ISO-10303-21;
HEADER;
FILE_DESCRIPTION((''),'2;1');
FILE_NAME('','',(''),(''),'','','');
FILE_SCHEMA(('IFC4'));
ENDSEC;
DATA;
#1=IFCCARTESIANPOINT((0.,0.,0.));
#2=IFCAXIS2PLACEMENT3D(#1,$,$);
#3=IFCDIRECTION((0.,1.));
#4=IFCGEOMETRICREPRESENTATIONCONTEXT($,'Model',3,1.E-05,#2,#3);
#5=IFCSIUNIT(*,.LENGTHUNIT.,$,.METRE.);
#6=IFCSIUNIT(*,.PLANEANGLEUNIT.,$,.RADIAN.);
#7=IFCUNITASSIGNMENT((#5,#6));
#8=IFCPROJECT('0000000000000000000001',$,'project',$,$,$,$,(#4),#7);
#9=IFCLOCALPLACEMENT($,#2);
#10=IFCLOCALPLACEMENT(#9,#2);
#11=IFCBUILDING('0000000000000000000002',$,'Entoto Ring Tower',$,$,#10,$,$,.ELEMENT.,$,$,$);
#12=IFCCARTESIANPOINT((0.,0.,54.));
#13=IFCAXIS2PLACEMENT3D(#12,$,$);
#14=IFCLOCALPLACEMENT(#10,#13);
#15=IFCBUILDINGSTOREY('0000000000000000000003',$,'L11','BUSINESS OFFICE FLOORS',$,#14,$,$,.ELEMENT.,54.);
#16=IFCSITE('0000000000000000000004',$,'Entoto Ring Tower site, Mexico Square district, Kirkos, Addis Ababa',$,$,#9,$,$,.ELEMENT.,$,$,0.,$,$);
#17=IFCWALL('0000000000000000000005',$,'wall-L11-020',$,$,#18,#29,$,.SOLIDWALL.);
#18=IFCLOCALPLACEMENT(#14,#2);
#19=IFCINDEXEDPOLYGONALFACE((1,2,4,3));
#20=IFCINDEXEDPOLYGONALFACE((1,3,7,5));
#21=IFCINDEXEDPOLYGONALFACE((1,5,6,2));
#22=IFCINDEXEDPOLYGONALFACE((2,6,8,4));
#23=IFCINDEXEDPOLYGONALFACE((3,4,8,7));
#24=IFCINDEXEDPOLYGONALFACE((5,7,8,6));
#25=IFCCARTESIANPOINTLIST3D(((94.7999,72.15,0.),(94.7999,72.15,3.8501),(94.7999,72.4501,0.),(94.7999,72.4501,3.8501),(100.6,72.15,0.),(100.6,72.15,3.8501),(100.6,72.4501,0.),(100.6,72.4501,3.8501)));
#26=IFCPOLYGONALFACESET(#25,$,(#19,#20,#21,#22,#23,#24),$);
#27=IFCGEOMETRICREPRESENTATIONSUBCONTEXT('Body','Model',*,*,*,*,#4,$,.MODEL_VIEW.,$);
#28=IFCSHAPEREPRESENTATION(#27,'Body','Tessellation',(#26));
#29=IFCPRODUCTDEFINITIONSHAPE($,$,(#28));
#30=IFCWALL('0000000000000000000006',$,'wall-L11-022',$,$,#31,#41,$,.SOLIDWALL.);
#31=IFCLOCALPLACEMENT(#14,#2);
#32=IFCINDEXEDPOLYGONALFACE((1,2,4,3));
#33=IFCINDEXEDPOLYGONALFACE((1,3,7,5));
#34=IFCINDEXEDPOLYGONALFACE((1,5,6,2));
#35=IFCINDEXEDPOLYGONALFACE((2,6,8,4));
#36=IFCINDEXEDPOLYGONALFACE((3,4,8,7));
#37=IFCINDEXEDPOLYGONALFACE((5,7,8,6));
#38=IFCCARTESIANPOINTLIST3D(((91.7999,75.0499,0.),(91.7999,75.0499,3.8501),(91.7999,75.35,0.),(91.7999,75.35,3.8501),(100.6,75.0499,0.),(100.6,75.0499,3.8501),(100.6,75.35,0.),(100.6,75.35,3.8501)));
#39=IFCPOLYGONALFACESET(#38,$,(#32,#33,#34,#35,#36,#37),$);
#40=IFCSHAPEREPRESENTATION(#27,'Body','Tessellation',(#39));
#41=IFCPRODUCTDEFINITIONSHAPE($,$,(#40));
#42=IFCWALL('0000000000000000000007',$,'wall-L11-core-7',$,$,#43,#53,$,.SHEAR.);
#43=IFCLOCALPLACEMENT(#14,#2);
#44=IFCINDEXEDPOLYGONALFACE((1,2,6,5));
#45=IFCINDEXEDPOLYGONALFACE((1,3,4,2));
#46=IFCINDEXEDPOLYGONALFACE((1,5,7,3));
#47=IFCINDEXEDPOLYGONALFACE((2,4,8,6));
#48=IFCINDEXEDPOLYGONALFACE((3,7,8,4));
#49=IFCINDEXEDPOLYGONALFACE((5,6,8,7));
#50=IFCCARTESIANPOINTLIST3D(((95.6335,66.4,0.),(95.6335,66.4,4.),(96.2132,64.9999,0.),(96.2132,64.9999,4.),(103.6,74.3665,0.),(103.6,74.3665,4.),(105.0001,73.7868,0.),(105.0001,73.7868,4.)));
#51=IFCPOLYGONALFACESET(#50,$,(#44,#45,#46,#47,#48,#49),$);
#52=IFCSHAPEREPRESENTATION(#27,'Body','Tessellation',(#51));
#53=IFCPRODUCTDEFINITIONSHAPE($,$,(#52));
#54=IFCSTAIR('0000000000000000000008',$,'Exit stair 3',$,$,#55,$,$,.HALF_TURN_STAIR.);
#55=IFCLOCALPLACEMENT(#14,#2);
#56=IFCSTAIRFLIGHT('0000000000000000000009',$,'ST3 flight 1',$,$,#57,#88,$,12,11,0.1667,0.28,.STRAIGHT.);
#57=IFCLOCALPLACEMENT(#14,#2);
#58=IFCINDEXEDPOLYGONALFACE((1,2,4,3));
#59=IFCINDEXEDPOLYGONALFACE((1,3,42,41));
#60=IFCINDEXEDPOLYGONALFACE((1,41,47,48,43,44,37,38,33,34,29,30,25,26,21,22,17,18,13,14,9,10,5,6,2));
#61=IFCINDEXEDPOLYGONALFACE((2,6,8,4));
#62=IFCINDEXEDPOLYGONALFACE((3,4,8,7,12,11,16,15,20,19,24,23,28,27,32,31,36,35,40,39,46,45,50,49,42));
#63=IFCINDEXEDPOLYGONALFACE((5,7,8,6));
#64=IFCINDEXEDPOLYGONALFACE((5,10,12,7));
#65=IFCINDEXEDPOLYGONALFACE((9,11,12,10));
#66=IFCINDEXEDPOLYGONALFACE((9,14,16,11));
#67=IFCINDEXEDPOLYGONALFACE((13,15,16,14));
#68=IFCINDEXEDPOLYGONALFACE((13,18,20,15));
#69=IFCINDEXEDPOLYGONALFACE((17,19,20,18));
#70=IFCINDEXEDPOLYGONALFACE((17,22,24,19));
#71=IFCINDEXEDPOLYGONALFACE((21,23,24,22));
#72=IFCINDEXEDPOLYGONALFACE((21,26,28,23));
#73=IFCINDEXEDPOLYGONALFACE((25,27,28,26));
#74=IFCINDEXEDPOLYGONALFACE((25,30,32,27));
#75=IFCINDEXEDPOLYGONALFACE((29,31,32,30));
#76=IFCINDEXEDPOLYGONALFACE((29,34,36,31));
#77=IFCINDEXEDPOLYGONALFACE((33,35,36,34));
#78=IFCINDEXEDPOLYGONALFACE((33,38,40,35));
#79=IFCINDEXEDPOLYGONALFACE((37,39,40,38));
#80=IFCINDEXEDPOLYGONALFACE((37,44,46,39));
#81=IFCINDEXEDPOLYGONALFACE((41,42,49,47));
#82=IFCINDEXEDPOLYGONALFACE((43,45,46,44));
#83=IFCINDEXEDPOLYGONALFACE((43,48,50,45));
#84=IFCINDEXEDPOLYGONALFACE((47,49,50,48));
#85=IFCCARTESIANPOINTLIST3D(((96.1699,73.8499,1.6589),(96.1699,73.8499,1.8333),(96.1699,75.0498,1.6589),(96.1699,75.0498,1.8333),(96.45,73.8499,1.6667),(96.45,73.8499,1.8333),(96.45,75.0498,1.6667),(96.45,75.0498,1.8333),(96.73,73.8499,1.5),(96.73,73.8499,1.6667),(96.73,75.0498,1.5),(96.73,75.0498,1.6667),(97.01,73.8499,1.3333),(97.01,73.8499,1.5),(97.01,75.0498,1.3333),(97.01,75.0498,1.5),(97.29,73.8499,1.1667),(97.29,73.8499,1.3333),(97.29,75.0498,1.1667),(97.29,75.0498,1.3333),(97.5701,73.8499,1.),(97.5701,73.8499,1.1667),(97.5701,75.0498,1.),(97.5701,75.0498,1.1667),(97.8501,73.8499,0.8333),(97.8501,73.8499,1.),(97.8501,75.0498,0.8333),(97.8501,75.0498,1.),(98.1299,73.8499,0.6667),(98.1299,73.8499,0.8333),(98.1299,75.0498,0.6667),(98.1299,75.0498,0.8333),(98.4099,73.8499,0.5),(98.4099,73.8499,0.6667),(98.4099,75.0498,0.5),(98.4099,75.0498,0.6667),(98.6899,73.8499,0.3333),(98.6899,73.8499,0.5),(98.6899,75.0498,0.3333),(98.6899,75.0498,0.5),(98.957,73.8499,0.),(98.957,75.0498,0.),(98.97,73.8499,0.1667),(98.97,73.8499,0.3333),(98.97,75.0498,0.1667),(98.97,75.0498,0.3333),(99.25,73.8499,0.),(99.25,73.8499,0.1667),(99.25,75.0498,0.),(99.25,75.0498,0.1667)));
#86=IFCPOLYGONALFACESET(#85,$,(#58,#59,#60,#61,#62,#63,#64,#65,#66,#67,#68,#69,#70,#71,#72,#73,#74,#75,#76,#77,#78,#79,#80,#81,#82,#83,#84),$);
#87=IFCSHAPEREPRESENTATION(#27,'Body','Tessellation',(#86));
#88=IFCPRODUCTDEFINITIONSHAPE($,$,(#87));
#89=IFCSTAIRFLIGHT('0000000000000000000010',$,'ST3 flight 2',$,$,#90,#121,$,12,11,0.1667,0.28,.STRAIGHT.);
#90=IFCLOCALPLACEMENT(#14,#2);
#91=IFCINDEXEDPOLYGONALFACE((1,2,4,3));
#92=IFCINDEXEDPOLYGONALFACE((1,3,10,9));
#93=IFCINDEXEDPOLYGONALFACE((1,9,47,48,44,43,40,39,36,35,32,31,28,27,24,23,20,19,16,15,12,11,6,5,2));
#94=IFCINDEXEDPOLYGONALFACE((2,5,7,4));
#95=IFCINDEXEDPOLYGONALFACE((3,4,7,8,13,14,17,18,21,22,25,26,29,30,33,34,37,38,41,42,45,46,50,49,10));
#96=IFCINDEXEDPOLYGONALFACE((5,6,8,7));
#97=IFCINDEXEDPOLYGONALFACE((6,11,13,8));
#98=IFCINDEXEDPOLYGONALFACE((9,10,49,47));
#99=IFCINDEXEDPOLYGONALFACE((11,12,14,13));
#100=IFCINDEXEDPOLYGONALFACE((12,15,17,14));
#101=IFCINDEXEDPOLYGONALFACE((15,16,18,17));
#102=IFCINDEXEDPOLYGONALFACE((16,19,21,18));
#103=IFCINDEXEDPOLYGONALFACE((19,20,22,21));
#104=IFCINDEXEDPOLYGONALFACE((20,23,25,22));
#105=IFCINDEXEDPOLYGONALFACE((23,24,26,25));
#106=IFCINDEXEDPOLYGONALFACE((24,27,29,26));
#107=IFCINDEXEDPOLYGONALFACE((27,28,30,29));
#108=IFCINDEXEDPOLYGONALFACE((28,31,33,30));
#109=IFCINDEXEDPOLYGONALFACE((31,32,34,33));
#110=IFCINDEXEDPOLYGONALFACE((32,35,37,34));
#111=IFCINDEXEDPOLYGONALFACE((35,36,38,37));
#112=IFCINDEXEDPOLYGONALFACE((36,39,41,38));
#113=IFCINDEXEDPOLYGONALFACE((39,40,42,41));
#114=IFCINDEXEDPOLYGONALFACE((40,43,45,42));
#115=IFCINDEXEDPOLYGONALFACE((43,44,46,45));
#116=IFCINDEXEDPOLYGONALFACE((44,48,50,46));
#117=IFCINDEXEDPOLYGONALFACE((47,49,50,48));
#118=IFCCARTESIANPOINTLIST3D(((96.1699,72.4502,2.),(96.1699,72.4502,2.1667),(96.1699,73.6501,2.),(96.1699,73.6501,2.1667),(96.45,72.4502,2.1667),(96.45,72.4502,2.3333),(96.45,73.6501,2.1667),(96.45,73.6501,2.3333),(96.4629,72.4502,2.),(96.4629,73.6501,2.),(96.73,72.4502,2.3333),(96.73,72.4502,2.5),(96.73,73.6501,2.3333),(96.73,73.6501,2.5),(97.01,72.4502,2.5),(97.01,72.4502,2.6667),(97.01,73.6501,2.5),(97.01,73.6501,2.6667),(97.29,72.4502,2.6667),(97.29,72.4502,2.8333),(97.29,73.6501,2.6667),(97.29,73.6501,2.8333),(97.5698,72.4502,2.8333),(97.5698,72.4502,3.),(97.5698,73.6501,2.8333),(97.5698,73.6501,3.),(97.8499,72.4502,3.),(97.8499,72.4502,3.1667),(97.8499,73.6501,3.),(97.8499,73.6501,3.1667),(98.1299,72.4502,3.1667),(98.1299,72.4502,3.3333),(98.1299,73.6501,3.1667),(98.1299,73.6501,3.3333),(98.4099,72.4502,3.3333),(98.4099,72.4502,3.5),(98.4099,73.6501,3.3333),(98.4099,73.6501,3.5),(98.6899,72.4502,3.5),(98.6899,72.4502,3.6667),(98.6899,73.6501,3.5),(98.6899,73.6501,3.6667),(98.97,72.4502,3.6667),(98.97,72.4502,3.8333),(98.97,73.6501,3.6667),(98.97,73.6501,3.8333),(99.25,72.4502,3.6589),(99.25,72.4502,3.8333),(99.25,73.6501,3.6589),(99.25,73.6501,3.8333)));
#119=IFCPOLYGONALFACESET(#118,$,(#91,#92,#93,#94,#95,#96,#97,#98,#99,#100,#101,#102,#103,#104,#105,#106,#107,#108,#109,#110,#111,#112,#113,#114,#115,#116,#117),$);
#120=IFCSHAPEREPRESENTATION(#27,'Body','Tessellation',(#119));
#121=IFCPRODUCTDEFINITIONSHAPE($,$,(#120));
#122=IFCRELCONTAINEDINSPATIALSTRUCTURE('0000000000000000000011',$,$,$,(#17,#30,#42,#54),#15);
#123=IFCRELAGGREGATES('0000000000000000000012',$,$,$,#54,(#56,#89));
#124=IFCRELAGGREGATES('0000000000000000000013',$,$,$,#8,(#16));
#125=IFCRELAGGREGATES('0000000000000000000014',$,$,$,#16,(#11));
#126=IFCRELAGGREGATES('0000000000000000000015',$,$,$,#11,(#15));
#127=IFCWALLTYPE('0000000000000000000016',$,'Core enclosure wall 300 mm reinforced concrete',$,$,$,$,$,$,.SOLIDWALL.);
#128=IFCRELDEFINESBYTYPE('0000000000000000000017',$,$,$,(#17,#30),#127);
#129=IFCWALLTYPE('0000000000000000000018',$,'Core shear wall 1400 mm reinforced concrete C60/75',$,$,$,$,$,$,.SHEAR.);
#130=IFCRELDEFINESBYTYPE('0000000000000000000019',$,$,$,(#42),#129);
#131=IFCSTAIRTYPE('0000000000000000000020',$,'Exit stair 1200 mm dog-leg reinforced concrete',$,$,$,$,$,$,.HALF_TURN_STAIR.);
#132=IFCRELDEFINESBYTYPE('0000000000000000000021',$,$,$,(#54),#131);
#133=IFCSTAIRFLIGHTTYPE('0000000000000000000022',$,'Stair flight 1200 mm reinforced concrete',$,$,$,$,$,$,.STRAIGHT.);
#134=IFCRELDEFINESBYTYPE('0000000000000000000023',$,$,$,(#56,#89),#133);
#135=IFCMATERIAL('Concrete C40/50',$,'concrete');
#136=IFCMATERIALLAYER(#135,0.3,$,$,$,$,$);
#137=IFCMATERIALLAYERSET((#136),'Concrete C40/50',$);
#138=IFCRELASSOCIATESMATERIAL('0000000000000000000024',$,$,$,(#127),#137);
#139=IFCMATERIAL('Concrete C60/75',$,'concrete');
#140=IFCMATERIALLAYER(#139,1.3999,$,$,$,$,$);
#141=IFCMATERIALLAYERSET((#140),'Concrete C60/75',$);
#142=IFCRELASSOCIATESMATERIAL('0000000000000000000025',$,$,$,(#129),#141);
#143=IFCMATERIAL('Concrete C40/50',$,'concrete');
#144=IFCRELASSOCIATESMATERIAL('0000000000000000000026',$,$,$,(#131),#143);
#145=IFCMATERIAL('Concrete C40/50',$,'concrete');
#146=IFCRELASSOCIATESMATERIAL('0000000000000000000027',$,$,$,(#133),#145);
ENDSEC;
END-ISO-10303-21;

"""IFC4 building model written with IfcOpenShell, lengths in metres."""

from ifc_helpers import new_model, si_unit, direction, frame, frame_2d, origin, place, context, subcontext, project, spatial, polyline, rectangle, outline, extrude, material, layer, layer_set, type_object, element, aggregate, save


model = new_model("IFC4")

# Units and contexts
model_context = context("Model", 3, precision=1e-05, world=origin(), true_north=direction((0.0, 1.0)))
body_context = subcontext(model_context, "Body", "Model", "MODEL_VIEW")
ifc_project = project(units=[si_unit("LENGTHUNIT", "METRE"), si_unit("PLANEANGLEUNIT", "RADIAN")], contexts=[model_context])

# Site, building, storey
site_placement = place(None, origin())
site = spatial("IfcSite", under=ifc_project, at=site_placement, Name="Entoto Ring Tower site, Mexico Square district, Kirkos, Addis Ababa", CompositionType="ELEMENT", RefElevation=0.0)
building_placement = place(site_placement, origin())
building = spatial("IfcBuilding", under=site, at=building_placement, Name="Entoto Ring Tower", CompositionType="ELEMENT")
storey_placement = place(building_placement, frame((0.0, 0.0, 54.0)))
storey = spatial("IfcBuildingStorey", under=building, at=storey_placement, Name="L11", Description="BUSINESS OFFICE FLOORS", CompositionType="ELEMENT", Elevation=54.0)

# Shared definitions
ifc_material_1 = material(Name="Concrete C40/50", Category="concrete")
ifc_layer_1 = layer(ifc_material_1, 0.3)
ifc_layer_set_1 = layer_set([ifc_layer_1], Name="Concrete C40/50")
wall_type_1 = type_object("IfcWallType", Name="Core enclosure wall 300 mm reinforced concrete", PredefinedType="SOLIDWALL", material=ifc_layer_set_1)

# Walls
wall_1_placement = place(storey_placement, frame((94.8, 72.3, 0.0), z_axis=(0.0, 0.0, 1.0), x_axis=(1.0, 0.0, 0.0)))
element("IfcWall", 1, at=wall_1_placement, inside=storey, type_object=wall_type_1, Name="wall-L11-020", PredefinedType="SOLIDWALL", context=body_context, shape_type="SweptSolid", body=[
    extrude(rectangle(XDim=5.8, YDim=0.3, at=frame_2d((2.8999, 0.0))), origin(), (0.0, 0.0, 1.0), 3.8501),
])
wall_2_placement = place(storey_placement, frame((91.8, 75.2, 0.0), z_axis=(0.0, 0.0, 1.0), x_axis=(1.0, 0.0, 0.0)))
element("IfcWall", 2, at=wall_2_placement, inside=storey, type_object=wall_type_1, Name="wall-L11-022", PredefinedType="SOLIDWALL", context=body_context, shape_type="SweptSolid", body=[
    extrude(rectangle(XDim=8.8, YDim=0.3, at=frame_2d((4.3999, 0.0))), origin(), (0.0, 0.0, 1.0), 3.8501),
])
ifc_material_2 = material(Name="Concrete C60/75", Category="concrete")
ifc_layer_2 = layer(ifc_material_2, 1.3999)
ifc_layer_set_2 = layer_set([ifc_layer_2], Name="Concrete C60/75")
wall_type_2 = type_object("IfcWallType", Name="Core shear wall 1400 mm reinforced concrete C60/75", PredefinedType="SHEAR", material=ifc_layer_set_2)
wall_3_placement = place(storey_placement, frame((95.9233, 65.7, 0.0), z_axis=(0.0, 0.0, 1.0), x_axis=(0.707107, 0.707107, 0.0)))
element("IfcWall", 3, at=wall_3_placement, inside=storey, type_object=wall_type_2, Name="wall-L11-core-7", PredefinedType="SHEAR", context=body_context, shape_type="SweptSolid", body=[
    extrude(outline(polyline([(-0.29, -0.7), (12.1365, -0.7), (11.5564, 0.7), (0.29, 0.7), (-0.29, -0.7)])), origin(), (0.0, 0.0, 1.0), 4.0),
])

# Stair, stair flights
ifc_material_3 = material(Name="Concrete C40/50", Category="concrete")
stair_type = type_object("IfcStairType", Name="Exit stair 1200 mm dog-leg reinforced concrete", PredefinedType="HALF_TURN_STAIR", material=ifc_material_3)
stair_placement = place(storey_placement, origin())
stair = element("IfcStair", 4, at=stair_placement, inside=storey, type_object=stair_type, Name="Exit stair 3", PredefinedType="HALF_TURN_STAIR")
ifc_material_4 = material(Name="Concrete C40/50", Category="concrete")
stair_flight_type = type_object("IfcStairFlightType", Name="Stair flight 1200 mm reinforced concrete", PredefinedType="STRAIGHT", material=ifc_material_4)
stair_flight_1_placement = place(storey_placement, frame((99.25, 74.45, 0.0), z_axis=(0.0, 0.0, 1.0), x_axis=(-1.0, 0.0, 0.0)))
stair_flight_1 = element("IfcStairFlight", 5, at=stair_flight_1_placement, type_object=stair_flight_type, Name="ST3 flight 1", NumberOfRisers=12, NumberOfTreads=11, PredefinedType="STRAIGHT", RiserHeight=0.1667, TreadLength=0.28, context=body_context, shape_type="SweptSolid", body=[
    extrude(outline(polyline([(0.0, 0.0), (0.0, 0.1667), (0.28, 0.1667), (0.28, 0.3333), (0.5601, 0.3333), (0.5601, 0.5), (0.8401, 0.5), (0.8401, 0.6667), (1.1201, 0.6667), (1.1201, 0.8333), (1.3999, 0.8333), (1.3999, 1.0), (1.6799, 1.0), (1.6799, 1.1667), (1.96, 1.1667), (1.96, 1.3333), (2.24, 1.3333), (2.24, 1.5), (2.52, 1.5), (2.52, 1.6667), (2.8, 1.6667), (2.8, 1.8333), (3.0801, 1.8333), (3.0801, 2.0), (3.0801, 1.6589), (0.293, 0.0), (0.0, 0.0)])), frame((0.0, 0.6001, 0.0), z_axis=(0.0, -1.0, 0.0), x_axis=(1.0, 0.0, 0.0)), (0.0, 0.0, 1.0), 1.2),
])
stair_flight_2_placement = place(storey_placement, frame((96.1699, 73.05, 2.0), z_axis=(0.0, 0.0, 1.0), x_axis=(1.0, 0.0, 0.0)))
stair_flight_2 = element("IfcStairFlight", 6, at=stair_flight_2_placement, type_object=stair_flight_type, Name="ST3 flight 2", NumberOfRisers=12, NumberOfTreads=11, PredefinedType="STRAIGHT", RiserHeight=0.1667, TreadLength=0.28, context=body_context, shape_type="SweptSolid", body=[
    extrude(outline(polyline([(0.0, 0.0), (0.0, 0.1667), (0.28, 0.1667), (0.28, 0.3333), (0.5601, 0.3333), (0.5601, 0.5), (0.8401, 0.5), (0.8401, 0.6667), (1.1201, 0.6667), (1.1201, 0.8333), (1.3999, 0.8333), (1.3999, 1.0), (1.6799, 1.0), (1.6799, 1.1667), (1.96, 1.1667), (1.96, 1.3333), (2.24, 1.3333), (2.24, 1.5), (2.52, 1.5), (2.52, 1.6667), (2.8, 1.6667), (2.8, 1.8333), (3.0801, 1.8333), (3.0801, 2.0), (3.0801, 1.6589), (0.293, 0.0), (0.0, 0.0)])), frame((0.0, 0.6001, 0.0), z_axis=(0.0, -1.0, 0.0), x_axis=(1.0, 0.0, 0.0)), (0.0, 0.0, 1.0), 1.2),
])
aggregate(stair, [stair_flight_1, stair_flight_2])

save(model, "model.ifc")
